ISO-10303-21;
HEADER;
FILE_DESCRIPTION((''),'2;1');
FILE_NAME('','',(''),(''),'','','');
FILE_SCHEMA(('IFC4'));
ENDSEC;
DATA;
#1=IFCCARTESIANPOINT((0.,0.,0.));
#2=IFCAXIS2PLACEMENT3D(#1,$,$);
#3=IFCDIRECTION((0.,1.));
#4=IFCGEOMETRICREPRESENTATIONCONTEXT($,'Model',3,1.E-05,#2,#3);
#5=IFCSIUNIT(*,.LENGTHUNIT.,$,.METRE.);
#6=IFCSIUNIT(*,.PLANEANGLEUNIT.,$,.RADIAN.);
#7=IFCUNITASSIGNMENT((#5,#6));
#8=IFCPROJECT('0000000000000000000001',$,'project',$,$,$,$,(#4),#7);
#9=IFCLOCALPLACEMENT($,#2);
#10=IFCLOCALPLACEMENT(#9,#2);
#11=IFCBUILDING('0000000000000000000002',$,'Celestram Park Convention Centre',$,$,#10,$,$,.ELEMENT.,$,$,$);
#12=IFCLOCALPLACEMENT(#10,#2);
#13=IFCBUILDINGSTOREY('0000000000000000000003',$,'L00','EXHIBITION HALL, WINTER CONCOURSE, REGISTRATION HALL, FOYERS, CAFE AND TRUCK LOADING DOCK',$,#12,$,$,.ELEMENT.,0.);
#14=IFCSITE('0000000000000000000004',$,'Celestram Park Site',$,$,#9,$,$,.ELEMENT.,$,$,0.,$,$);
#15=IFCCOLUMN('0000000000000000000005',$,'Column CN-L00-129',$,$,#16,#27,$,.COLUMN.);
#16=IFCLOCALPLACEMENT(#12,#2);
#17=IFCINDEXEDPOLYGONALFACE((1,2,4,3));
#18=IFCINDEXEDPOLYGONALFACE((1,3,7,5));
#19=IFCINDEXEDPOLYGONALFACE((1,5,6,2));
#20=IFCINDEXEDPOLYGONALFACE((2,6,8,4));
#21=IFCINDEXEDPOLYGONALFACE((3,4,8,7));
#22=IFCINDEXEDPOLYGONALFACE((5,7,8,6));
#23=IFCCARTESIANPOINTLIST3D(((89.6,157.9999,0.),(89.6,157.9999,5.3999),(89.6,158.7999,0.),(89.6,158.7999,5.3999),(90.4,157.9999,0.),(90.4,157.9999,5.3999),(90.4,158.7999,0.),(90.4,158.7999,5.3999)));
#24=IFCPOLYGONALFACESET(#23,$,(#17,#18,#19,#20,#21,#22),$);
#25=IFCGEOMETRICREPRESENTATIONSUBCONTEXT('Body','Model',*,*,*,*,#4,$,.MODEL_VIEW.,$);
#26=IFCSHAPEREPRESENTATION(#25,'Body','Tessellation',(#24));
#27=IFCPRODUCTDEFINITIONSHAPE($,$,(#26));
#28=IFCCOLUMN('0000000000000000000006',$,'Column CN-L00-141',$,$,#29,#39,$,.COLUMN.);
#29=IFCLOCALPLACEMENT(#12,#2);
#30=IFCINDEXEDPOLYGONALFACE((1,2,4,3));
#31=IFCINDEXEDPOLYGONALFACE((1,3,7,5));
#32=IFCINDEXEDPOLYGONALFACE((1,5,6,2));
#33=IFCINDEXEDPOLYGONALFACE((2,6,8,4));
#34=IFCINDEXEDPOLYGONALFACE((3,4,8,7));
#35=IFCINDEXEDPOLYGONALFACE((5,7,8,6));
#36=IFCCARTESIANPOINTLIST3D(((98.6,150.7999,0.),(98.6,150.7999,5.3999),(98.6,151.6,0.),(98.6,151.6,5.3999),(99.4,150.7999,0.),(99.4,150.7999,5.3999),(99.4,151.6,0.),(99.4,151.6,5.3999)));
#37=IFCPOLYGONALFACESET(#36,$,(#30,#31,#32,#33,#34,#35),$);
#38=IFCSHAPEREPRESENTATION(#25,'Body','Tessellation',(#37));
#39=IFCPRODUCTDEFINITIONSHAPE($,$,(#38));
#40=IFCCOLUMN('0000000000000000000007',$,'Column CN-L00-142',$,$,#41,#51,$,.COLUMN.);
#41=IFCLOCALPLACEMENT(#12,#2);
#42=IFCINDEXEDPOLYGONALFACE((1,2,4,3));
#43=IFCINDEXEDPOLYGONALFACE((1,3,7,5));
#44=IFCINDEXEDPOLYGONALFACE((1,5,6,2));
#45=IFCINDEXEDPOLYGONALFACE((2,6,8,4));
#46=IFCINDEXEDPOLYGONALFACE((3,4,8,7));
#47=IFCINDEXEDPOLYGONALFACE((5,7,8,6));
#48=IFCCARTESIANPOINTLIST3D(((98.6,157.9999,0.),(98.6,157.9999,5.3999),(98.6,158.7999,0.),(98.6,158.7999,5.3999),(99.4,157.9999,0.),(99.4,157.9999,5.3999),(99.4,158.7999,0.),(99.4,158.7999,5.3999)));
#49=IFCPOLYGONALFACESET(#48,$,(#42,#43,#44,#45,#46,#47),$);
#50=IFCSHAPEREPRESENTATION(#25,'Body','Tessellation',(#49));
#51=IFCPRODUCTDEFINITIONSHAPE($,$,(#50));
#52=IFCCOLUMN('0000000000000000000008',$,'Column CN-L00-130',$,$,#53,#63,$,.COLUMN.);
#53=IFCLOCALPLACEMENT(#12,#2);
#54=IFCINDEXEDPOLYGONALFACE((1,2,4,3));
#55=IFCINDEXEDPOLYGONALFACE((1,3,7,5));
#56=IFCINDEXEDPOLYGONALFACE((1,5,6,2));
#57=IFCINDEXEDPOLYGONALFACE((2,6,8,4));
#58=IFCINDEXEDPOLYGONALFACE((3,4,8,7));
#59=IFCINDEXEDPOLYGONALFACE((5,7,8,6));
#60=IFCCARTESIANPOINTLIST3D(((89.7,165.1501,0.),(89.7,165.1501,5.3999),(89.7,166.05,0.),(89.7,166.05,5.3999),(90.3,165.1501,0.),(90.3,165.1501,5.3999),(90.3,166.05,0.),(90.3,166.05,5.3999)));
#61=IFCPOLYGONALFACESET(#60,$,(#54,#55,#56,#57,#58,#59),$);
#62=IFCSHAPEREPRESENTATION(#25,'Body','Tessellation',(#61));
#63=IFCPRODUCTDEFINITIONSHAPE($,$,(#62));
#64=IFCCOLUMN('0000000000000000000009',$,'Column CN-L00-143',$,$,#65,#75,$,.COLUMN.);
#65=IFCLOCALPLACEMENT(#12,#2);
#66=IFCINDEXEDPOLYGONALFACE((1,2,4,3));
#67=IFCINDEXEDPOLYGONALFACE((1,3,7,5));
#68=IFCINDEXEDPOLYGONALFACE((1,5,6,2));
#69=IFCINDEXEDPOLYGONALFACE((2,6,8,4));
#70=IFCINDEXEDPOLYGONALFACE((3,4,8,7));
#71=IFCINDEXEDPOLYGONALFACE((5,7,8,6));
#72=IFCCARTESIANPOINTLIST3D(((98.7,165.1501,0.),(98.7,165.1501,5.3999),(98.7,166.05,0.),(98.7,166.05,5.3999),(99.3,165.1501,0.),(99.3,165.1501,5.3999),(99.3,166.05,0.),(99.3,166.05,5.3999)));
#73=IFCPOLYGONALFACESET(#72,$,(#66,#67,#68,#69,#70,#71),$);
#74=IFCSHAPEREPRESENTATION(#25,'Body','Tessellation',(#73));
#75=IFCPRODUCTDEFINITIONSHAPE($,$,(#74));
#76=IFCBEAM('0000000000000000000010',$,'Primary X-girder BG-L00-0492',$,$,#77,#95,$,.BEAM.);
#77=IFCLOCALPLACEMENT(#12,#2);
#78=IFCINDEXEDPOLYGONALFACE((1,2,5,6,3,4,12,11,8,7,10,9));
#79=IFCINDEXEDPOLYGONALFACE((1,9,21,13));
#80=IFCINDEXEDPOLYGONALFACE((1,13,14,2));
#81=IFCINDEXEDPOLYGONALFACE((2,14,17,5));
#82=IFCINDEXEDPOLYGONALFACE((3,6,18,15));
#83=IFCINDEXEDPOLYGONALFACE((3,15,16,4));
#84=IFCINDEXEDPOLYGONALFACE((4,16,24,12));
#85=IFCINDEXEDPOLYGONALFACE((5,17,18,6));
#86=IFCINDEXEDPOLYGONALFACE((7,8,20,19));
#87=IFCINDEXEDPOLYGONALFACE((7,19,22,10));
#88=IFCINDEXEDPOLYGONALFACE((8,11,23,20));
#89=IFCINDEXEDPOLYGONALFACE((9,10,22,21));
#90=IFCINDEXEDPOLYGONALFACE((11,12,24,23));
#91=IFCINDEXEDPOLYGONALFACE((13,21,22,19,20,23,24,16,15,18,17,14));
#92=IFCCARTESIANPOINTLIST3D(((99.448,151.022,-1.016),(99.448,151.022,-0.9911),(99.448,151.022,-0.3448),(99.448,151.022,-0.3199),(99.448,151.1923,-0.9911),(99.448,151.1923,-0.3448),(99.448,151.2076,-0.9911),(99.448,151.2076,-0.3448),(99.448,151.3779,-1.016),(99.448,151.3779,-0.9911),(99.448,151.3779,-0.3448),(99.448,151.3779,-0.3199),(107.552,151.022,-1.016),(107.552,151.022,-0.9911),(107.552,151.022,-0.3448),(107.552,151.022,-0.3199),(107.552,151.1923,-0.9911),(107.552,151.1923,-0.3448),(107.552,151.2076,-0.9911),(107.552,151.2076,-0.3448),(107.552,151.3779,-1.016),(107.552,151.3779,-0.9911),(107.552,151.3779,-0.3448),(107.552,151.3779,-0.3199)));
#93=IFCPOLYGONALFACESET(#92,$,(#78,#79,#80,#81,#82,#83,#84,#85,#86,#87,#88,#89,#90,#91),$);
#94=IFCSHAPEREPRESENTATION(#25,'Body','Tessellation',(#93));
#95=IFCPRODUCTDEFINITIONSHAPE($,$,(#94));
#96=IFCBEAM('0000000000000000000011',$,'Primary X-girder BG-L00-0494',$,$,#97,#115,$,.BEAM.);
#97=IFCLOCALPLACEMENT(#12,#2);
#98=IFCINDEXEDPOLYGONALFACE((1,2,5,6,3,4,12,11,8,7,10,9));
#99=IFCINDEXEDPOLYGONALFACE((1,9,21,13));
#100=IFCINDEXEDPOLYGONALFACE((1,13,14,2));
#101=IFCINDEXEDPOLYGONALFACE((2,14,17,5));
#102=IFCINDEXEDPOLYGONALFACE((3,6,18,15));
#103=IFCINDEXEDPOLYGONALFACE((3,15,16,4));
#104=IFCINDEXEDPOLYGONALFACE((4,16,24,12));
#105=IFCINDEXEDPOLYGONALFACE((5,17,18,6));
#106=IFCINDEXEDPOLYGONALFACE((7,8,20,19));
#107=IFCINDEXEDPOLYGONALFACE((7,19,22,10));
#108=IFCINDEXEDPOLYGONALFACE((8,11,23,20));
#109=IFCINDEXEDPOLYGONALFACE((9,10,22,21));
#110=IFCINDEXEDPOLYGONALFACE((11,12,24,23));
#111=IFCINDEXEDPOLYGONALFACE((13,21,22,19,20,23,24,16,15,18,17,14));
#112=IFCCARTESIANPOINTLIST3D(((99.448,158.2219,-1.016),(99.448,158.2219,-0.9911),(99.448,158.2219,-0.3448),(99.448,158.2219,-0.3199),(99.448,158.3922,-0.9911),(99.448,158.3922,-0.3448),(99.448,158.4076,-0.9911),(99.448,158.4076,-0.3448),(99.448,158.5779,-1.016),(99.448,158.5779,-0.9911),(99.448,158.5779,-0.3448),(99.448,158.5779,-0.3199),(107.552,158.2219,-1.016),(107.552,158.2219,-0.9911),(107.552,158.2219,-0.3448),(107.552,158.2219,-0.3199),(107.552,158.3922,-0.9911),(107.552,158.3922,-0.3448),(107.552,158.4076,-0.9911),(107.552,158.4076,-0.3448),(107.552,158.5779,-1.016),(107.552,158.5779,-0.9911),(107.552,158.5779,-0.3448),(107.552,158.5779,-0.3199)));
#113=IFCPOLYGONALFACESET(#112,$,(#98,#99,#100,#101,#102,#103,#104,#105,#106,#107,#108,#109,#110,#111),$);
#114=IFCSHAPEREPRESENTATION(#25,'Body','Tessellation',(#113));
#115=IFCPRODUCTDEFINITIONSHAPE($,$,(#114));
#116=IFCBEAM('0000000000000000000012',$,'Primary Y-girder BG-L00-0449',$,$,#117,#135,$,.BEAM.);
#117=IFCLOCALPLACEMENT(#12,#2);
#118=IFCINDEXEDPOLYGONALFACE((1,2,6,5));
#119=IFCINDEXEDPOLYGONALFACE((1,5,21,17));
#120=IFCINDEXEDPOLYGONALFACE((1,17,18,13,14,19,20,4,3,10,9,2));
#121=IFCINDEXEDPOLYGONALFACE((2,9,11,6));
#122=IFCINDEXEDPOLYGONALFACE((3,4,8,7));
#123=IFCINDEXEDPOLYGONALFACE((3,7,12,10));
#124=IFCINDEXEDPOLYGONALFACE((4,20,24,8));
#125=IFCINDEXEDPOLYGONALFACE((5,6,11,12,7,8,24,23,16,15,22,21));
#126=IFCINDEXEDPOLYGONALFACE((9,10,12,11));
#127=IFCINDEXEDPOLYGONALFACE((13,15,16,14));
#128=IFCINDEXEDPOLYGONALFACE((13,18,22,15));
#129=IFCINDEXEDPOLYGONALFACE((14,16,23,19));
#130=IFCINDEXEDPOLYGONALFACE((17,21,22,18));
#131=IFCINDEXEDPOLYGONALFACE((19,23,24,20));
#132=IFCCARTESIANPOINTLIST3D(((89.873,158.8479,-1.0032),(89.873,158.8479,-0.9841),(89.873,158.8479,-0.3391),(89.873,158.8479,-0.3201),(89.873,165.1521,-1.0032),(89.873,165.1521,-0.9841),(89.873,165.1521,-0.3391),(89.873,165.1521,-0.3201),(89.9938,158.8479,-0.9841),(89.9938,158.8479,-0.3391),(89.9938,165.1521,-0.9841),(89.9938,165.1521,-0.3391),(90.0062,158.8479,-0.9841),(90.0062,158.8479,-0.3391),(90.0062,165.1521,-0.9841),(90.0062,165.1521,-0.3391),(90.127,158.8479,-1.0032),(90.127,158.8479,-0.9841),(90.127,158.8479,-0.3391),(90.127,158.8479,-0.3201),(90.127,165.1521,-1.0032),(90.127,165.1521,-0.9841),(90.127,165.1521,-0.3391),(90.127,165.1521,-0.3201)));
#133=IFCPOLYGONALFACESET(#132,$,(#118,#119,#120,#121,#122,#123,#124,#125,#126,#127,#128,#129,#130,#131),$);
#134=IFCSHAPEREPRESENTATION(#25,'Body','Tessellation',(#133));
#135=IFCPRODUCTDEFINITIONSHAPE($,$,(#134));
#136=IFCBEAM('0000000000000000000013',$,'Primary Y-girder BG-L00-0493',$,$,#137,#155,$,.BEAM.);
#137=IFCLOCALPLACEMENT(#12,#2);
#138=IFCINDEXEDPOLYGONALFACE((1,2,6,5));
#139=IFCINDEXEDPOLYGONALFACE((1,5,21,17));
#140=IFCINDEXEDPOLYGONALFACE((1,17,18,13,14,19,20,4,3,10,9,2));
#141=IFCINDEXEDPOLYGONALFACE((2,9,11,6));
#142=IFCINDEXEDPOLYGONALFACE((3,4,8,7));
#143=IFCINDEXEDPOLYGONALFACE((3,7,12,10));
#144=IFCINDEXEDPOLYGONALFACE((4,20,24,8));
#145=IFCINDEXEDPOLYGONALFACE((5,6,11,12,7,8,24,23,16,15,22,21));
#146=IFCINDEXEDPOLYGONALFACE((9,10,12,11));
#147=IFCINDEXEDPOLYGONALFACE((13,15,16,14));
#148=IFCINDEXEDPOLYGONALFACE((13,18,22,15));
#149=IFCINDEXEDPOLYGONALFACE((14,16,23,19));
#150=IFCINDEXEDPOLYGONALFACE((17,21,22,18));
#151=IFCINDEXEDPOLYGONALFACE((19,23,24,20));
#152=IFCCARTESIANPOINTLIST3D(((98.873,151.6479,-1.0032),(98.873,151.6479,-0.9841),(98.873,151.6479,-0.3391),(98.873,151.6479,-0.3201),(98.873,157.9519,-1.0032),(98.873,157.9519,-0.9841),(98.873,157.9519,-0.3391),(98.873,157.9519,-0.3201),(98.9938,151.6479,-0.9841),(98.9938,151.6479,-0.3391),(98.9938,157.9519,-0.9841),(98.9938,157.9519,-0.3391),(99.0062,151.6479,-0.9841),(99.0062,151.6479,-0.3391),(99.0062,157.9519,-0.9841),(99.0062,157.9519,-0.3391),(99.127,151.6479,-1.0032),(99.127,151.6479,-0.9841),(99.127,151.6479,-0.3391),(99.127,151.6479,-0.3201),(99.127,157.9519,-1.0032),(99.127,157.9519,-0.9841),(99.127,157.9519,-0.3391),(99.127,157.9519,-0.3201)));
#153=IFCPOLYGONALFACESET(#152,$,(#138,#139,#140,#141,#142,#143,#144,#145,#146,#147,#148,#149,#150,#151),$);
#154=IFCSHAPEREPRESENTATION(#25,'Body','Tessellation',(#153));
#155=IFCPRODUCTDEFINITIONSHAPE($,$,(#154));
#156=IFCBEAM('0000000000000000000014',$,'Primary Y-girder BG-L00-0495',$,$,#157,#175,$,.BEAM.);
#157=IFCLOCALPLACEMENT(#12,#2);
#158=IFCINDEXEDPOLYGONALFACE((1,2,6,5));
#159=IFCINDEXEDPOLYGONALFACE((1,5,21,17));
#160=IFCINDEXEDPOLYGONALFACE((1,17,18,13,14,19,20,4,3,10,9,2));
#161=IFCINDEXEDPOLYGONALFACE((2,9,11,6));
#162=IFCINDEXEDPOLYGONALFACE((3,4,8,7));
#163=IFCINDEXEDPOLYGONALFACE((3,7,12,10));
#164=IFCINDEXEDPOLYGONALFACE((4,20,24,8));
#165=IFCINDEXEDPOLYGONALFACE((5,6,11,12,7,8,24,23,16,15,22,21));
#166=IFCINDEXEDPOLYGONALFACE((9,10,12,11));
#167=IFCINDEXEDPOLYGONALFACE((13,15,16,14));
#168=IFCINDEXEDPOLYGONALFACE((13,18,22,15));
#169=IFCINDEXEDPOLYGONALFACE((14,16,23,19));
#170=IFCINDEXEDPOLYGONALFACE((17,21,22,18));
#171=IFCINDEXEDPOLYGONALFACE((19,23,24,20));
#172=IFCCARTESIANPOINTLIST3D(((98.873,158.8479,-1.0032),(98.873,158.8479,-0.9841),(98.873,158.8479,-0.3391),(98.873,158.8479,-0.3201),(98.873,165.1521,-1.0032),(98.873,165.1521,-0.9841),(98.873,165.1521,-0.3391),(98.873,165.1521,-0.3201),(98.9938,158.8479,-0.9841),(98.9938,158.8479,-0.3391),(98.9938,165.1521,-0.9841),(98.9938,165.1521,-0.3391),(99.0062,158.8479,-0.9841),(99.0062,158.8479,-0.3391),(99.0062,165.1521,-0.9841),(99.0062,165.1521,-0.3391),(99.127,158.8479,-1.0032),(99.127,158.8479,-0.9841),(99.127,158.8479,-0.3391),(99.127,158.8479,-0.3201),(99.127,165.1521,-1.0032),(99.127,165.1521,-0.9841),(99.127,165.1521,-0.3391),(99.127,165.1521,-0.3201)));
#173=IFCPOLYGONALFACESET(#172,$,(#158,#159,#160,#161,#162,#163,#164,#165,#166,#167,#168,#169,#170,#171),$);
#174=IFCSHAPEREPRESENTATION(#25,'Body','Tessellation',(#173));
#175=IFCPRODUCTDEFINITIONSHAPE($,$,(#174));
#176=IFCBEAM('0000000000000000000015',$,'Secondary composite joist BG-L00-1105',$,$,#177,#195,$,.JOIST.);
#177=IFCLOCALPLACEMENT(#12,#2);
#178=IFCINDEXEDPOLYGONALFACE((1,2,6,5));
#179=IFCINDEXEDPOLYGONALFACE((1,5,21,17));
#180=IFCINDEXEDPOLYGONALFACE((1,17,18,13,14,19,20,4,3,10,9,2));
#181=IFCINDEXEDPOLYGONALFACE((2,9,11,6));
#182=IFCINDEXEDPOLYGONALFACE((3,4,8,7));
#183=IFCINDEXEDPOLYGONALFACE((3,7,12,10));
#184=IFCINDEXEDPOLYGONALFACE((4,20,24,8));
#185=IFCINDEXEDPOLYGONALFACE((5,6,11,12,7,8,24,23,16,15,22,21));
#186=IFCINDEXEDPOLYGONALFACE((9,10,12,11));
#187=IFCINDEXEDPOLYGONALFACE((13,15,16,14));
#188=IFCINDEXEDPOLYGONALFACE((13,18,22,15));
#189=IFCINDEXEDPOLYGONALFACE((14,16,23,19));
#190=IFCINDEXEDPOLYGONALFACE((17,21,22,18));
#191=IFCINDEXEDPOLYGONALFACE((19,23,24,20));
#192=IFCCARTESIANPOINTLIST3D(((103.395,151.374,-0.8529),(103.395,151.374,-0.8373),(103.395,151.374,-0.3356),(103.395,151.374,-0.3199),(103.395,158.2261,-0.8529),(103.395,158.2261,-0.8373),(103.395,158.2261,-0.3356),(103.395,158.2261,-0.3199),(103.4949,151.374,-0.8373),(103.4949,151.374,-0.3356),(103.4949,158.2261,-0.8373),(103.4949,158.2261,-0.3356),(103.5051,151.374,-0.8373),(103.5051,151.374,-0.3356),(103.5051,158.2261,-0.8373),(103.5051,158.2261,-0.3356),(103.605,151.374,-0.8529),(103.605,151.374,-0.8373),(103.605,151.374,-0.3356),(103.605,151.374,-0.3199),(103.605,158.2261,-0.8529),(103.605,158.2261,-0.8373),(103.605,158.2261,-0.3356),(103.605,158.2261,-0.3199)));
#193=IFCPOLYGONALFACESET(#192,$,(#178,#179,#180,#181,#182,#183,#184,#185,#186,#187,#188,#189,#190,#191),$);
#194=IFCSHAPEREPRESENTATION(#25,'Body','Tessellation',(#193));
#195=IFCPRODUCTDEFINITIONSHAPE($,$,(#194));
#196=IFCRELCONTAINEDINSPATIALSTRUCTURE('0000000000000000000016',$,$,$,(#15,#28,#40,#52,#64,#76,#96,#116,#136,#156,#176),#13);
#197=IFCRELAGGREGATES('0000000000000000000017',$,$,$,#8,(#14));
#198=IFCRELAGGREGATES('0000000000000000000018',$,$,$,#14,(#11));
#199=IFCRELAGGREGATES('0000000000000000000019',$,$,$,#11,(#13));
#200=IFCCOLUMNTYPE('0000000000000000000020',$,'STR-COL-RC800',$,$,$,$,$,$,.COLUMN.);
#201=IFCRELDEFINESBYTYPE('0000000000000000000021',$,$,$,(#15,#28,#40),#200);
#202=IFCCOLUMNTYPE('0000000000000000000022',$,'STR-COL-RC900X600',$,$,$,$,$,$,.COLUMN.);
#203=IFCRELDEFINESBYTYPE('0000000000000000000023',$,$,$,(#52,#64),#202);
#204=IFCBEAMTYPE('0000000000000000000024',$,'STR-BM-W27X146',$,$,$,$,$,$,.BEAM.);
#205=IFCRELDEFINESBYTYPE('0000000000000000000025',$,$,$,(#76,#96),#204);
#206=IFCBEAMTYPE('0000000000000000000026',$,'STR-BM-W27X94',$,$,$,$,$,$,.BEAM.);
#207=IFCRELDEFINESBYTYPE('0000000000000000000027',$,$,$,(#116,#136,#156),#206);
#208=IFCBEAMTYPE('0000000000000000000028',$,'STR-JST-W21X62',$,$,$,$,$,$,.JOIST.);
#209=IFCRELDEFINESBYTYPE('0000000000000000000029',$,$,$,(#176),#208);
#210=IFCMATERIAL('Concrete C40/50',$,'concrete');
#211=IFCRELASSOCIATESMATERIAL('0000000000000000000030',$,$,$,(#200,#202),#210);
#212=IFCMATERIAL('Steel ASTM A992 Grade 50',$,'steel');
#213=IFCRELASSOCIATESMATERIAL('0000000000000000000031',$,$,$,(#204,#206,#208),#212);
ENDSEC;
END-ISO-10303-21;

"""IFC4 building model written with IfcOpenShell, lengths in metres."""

from ifc_helpers import new_model, si_unit, direction, frame, origin, origin_2d, place, context, subcontext, project, spatial, rectangle, i_section, extrude, material, material_profile, profile_set, type_object, element, save


model = new_model("IFC4")

# Units and contexts
model_context = context("Model", 3, precision=1e-05, world=origin(), true_north=direction((0.0, 1.0)))
body_context = subcontext(model_context, "Body", "Model", "MODEL_VIEW")
ifc_project = project(units=[si_unit("LENGTHUNIT", "METRE"), si_unit("PLANEANGLEUNIT", "RADIAN")], contexts=[model_context])

# Site, building, storey
site_placement = place(None, origin())
site = spatial("IfcSite", under=ifc_project, at=site_placement, Name="Celestram Park Site", CompositionType="ELEMENT", RefElevation=0.0)
building_placement = place(site_placement, origin())
building = spatial("IfcBuilding", under=site, at=building_placement, Name="Celestram Park Convention Centre", CompositionType="ELEMENT")
storey_placement = place(building_placement, origin())
storey = spatial("IfcBuildingStorey", under=building, at=storey_placement, Name="L00", Description="EXHIBITION HALL, WINTER CONCOURSE, REGISTRATION HALL, FOYERS, CAFE AND TRUCK LOADING DOCK", CompositionType="ELEMENT", Elevation=0.0)

# Columns
ifc_material_1 = material(Name="Concrete C40/50", Category="concrete")
ifc_material_profile_1 = material_profile(ifc_material_1, rectangle(XDim=0.8, YDim=0.8, at=origin_2d()), Name="RC800X800")
ifc_profile_set_1 = profile_set([ifc_material_profile_1], Name="Concrete C40/50")
column_type_1 = type_object("IfcColumnType", Name="STR-COL-RC800", PredefinedType="COLUMN", material=ifc_profile_set_1)
for number, where, z_axis, x_axis, name in (
    (1, (90.0, 158.3999, 0.0), (0.0, 0.0, 1.0), (1.0, 0.0, 0.0), "Column CN-L00-129"),
    (2, (99.0, 151.2, 0.0), (0.0, 0.0, 1.0), (1.0, 0.0, 0.0), "Column CN-L00-141"),
    (3, (99.0, 158.3999, 0.0), (0.0, 0.0, 1.0), (1.0, 0.0, 0.0), "Column CN-L00-142"),
):
    element("IfcColumn", number, at=place(storey_placement, frame(where, z_axis=z_axis, x_axis=x_axis)), inside=storey, type_object=column_type_1, Name=name, PredefinedType="COLUMN", context=body_context, shape_type="SweptSolid", body=[
        extrude(rectangle(XDim=0.8, YDim=0.8, at=origin_2d()), origin(), (0.0, 0.0, 1.0), 5.3999),
    ])
ifc_material_profile_2 = material_profile(ifc_material_1, rectangle(XDim=0.6001, YDim=0.8999, at=origin_2d()), Name="RC900X600")
ifc_profile_set_2 = profile_set([ifc_material_profile_2], Name="Concrete C40/50")
column_type_2 = type_object("IfcColumnType", Name="STR-COL-RC900X600", PredefinedType="COLUMN", material=ifc_profile_set_2)
for number, where, z_axis, x_axis, name in (
    (4, (90.0, 165.6001, 0.0), (0.0, 0.0, 1.0), (1.0, 0.0, 0.0), "Column CN-L00-130"),
    (5, (99.0, 165.6001, 0.0), (0.0, 0.0, 1.0), (1.0, 0.0, 0.0), "Column CN-L00-143"),
):
    element("IfcColumn", number, at=place(storey_placement, frame(where, z_axis=z_axis, x_axis=x_axis)), inside=storey, type_object=column_type_2, Name=name, PredefinedType="COLUMN", context=body_context, shape_type="SweptSolid", body=[
        extrude(rectangle(XDim=0.6001, YDim=0.8999, at=origin_2d()), origin(), (0.0, 0.0, 1.0), 5.3999),
    ])

# Beams
ifc_material_2 = material(Name="Steel ASTM A992 Grade 50", Category="steel")
ifc_material_profile_3 = material_profile(ifc_material_2, i_section(OverallWidth=0.356, OverallDepth=0.696, WebThickness=0.0154, FlangeThickness=0.0249, at=origin_2d()), Name="W27X146")
ifc_profile_set_3 = profile_set([ifc_material_profile_3], Name="Steel ASTM A992 Grade 50")
beam_type_1 = type_object("IfcBeamType", Name="STR-BM-W27X146", PredefinedType="BEAM", material=ifc_profile_set_3)
for number, where, z_axis, x_axis, name in (
    (6, (99.448, 151.2, -0.668), (1.0, 0.0, 0.0), (0.0, 1.0, 0.0), "Primary X-girder BG-L00-0492"),
    (7, (99.448, 158.3999, -0.668), (1.0, 0.0, 0.0), (0.0, 1.0, 0.0), "Primary X-girder BG-L00-0494"),
):
    element("IfcBeam", number, at=place(storey_placement, frame(where, z_axis=z_axis, x_axis=x_axis)), inside=storey, type_object=beam_type_1, Name=name, PredefinedType="BEAM", context=body_context, shape_type="SweptSolid", body=[
        extrude(i_section(OverallWidth=0.356, OverallDepth=0.696, WebThickness=0.0154, FlangeThickness=0.0249, at=origin_2d()), origin(), (0.0, 0.0, 1.0), 8.104),
    ])
ifc_material_profile_4 = material_profile(ifc_material_2, i_section(OverallWidth=0.2539, OverallDepth=0.6831, WebThickness=0.0125, FlangeThickness=0.019, at=origin_2d()), Name="W27X94")
ifc_profile_set_4 = profile_set([ifc_material_profile_4], Name="Steel ASTM A992 Grade 50")
beam_type_2 = type_object("IfcBeamType", Name="STR-BM-W27X94", PredefinedType="BEAM", material=ifc_profile_set_4)
beam_1_placement = place(storey_placement, frame((90.0, 158.8479, -0.6616), z_axis=(0.0, 1.0, 0.0), x_axis=(-1.0, 0.0, 0.0)))
element("IfcBeam", 8, at=beam_1_placement, inside=storey, type_object=beam_type_2, Name="Primary Y-girder BG-L00-0449", PredefinedType="BEAM", context=body_context, shape_type="SweptSolid", body=[
    extrude(i_section(OverallWidth=0.2539, OverallDepth=0.6831, WebThickness=0.0125, FlangeThickness=0.019, at=origin_2d()), origin(), (0.0, 0.0, 1.0), 6.3042),
])
beam_2_placement = place(storey_placement, frame((99.0, 151.6479, -0.6616), z_axis=(0.0, 1.0, 0.0), x_axis=(-1.0, 0.0, 0.0)))
element("IfcBeam", 9, at=beam_2_placement, inside=storey, type_object=beam_type_2, Name="Primary Y-girder BG-L00-0493", PredefinedType="BEAM", context=body_context, shape_type="SweptSolid", body=[
    extrude(i_section(OverallWidth=0.2539, OverallDepth=0.6831, WebThickness=0.0125, FlangeThickness=0.019, at=origin_2d()), origin(), (0.0, 0.0, 1.0), 6.304),
])
beam_3_placement = place(storey_placement, frame((99.0, 158.8479, -0.6616), z_axis=(0.0, 1.0, 0.0), x_axis=(-1.0, 0.0, 0.0)))
element("IfcBeam", 10, at=beam_3_placement, inside=storey, type_object=beam_type_2, Name="Primary Y-girder BG-L00-0495", PredefinedType="BEAM", context=body_context, shape_type="SweptSolid", body=[
    extrude(i_section(OverallWidth=0.2539, OverallDepth=0.6831, WebThickness=0.0125, FlangeThickness=0.019, at=origin_2d()), origin(), (0.0, 0.0, 1.0), 6.3042),
])
ifc_material_profile_5 = material_profile(ifc_material_2, i_section(OverallWidth=0.21, OverallDepth=0.533, WebThickness=0.0103, FlangeThickness=0.0156, at=origin_2d()), Name="W21X62")
ifc_profile_set_5 = profile_set([ifc_material_profile_5], Name="Steel ASTM A992 Grade 50")
beam_type_3 = type_object("IfcBeamType", Name="STR-JST-W21X62", PredefinedType="JOIST", material=ifc_profile_set_5)
beam_4_placement = place(storey_placement, frame((103.5, 151.374, -0.5864), z_axis=(0.0, 1.0, 0.0), x_axis=(-1.0, 0.0, 0.0)))
element("IfcBeam", 11, at=beam_4_placement, inside=storey, type_object=beam_type_3, Name="Secondary composite joist BG-L00-1105", PredefinedType="JOIST", context=body_context, shape_type="SweptSolid", body=[
    extrude(i_section(OverallWidth=0.21, OverallDepth=0.533, WebThickness=0.0103, FlangeThickness=0.0156, at=origin_2d()), origin(), (0.0, 0.0, 1.0), 6.8521),
])

save(model, "model.ifc")
